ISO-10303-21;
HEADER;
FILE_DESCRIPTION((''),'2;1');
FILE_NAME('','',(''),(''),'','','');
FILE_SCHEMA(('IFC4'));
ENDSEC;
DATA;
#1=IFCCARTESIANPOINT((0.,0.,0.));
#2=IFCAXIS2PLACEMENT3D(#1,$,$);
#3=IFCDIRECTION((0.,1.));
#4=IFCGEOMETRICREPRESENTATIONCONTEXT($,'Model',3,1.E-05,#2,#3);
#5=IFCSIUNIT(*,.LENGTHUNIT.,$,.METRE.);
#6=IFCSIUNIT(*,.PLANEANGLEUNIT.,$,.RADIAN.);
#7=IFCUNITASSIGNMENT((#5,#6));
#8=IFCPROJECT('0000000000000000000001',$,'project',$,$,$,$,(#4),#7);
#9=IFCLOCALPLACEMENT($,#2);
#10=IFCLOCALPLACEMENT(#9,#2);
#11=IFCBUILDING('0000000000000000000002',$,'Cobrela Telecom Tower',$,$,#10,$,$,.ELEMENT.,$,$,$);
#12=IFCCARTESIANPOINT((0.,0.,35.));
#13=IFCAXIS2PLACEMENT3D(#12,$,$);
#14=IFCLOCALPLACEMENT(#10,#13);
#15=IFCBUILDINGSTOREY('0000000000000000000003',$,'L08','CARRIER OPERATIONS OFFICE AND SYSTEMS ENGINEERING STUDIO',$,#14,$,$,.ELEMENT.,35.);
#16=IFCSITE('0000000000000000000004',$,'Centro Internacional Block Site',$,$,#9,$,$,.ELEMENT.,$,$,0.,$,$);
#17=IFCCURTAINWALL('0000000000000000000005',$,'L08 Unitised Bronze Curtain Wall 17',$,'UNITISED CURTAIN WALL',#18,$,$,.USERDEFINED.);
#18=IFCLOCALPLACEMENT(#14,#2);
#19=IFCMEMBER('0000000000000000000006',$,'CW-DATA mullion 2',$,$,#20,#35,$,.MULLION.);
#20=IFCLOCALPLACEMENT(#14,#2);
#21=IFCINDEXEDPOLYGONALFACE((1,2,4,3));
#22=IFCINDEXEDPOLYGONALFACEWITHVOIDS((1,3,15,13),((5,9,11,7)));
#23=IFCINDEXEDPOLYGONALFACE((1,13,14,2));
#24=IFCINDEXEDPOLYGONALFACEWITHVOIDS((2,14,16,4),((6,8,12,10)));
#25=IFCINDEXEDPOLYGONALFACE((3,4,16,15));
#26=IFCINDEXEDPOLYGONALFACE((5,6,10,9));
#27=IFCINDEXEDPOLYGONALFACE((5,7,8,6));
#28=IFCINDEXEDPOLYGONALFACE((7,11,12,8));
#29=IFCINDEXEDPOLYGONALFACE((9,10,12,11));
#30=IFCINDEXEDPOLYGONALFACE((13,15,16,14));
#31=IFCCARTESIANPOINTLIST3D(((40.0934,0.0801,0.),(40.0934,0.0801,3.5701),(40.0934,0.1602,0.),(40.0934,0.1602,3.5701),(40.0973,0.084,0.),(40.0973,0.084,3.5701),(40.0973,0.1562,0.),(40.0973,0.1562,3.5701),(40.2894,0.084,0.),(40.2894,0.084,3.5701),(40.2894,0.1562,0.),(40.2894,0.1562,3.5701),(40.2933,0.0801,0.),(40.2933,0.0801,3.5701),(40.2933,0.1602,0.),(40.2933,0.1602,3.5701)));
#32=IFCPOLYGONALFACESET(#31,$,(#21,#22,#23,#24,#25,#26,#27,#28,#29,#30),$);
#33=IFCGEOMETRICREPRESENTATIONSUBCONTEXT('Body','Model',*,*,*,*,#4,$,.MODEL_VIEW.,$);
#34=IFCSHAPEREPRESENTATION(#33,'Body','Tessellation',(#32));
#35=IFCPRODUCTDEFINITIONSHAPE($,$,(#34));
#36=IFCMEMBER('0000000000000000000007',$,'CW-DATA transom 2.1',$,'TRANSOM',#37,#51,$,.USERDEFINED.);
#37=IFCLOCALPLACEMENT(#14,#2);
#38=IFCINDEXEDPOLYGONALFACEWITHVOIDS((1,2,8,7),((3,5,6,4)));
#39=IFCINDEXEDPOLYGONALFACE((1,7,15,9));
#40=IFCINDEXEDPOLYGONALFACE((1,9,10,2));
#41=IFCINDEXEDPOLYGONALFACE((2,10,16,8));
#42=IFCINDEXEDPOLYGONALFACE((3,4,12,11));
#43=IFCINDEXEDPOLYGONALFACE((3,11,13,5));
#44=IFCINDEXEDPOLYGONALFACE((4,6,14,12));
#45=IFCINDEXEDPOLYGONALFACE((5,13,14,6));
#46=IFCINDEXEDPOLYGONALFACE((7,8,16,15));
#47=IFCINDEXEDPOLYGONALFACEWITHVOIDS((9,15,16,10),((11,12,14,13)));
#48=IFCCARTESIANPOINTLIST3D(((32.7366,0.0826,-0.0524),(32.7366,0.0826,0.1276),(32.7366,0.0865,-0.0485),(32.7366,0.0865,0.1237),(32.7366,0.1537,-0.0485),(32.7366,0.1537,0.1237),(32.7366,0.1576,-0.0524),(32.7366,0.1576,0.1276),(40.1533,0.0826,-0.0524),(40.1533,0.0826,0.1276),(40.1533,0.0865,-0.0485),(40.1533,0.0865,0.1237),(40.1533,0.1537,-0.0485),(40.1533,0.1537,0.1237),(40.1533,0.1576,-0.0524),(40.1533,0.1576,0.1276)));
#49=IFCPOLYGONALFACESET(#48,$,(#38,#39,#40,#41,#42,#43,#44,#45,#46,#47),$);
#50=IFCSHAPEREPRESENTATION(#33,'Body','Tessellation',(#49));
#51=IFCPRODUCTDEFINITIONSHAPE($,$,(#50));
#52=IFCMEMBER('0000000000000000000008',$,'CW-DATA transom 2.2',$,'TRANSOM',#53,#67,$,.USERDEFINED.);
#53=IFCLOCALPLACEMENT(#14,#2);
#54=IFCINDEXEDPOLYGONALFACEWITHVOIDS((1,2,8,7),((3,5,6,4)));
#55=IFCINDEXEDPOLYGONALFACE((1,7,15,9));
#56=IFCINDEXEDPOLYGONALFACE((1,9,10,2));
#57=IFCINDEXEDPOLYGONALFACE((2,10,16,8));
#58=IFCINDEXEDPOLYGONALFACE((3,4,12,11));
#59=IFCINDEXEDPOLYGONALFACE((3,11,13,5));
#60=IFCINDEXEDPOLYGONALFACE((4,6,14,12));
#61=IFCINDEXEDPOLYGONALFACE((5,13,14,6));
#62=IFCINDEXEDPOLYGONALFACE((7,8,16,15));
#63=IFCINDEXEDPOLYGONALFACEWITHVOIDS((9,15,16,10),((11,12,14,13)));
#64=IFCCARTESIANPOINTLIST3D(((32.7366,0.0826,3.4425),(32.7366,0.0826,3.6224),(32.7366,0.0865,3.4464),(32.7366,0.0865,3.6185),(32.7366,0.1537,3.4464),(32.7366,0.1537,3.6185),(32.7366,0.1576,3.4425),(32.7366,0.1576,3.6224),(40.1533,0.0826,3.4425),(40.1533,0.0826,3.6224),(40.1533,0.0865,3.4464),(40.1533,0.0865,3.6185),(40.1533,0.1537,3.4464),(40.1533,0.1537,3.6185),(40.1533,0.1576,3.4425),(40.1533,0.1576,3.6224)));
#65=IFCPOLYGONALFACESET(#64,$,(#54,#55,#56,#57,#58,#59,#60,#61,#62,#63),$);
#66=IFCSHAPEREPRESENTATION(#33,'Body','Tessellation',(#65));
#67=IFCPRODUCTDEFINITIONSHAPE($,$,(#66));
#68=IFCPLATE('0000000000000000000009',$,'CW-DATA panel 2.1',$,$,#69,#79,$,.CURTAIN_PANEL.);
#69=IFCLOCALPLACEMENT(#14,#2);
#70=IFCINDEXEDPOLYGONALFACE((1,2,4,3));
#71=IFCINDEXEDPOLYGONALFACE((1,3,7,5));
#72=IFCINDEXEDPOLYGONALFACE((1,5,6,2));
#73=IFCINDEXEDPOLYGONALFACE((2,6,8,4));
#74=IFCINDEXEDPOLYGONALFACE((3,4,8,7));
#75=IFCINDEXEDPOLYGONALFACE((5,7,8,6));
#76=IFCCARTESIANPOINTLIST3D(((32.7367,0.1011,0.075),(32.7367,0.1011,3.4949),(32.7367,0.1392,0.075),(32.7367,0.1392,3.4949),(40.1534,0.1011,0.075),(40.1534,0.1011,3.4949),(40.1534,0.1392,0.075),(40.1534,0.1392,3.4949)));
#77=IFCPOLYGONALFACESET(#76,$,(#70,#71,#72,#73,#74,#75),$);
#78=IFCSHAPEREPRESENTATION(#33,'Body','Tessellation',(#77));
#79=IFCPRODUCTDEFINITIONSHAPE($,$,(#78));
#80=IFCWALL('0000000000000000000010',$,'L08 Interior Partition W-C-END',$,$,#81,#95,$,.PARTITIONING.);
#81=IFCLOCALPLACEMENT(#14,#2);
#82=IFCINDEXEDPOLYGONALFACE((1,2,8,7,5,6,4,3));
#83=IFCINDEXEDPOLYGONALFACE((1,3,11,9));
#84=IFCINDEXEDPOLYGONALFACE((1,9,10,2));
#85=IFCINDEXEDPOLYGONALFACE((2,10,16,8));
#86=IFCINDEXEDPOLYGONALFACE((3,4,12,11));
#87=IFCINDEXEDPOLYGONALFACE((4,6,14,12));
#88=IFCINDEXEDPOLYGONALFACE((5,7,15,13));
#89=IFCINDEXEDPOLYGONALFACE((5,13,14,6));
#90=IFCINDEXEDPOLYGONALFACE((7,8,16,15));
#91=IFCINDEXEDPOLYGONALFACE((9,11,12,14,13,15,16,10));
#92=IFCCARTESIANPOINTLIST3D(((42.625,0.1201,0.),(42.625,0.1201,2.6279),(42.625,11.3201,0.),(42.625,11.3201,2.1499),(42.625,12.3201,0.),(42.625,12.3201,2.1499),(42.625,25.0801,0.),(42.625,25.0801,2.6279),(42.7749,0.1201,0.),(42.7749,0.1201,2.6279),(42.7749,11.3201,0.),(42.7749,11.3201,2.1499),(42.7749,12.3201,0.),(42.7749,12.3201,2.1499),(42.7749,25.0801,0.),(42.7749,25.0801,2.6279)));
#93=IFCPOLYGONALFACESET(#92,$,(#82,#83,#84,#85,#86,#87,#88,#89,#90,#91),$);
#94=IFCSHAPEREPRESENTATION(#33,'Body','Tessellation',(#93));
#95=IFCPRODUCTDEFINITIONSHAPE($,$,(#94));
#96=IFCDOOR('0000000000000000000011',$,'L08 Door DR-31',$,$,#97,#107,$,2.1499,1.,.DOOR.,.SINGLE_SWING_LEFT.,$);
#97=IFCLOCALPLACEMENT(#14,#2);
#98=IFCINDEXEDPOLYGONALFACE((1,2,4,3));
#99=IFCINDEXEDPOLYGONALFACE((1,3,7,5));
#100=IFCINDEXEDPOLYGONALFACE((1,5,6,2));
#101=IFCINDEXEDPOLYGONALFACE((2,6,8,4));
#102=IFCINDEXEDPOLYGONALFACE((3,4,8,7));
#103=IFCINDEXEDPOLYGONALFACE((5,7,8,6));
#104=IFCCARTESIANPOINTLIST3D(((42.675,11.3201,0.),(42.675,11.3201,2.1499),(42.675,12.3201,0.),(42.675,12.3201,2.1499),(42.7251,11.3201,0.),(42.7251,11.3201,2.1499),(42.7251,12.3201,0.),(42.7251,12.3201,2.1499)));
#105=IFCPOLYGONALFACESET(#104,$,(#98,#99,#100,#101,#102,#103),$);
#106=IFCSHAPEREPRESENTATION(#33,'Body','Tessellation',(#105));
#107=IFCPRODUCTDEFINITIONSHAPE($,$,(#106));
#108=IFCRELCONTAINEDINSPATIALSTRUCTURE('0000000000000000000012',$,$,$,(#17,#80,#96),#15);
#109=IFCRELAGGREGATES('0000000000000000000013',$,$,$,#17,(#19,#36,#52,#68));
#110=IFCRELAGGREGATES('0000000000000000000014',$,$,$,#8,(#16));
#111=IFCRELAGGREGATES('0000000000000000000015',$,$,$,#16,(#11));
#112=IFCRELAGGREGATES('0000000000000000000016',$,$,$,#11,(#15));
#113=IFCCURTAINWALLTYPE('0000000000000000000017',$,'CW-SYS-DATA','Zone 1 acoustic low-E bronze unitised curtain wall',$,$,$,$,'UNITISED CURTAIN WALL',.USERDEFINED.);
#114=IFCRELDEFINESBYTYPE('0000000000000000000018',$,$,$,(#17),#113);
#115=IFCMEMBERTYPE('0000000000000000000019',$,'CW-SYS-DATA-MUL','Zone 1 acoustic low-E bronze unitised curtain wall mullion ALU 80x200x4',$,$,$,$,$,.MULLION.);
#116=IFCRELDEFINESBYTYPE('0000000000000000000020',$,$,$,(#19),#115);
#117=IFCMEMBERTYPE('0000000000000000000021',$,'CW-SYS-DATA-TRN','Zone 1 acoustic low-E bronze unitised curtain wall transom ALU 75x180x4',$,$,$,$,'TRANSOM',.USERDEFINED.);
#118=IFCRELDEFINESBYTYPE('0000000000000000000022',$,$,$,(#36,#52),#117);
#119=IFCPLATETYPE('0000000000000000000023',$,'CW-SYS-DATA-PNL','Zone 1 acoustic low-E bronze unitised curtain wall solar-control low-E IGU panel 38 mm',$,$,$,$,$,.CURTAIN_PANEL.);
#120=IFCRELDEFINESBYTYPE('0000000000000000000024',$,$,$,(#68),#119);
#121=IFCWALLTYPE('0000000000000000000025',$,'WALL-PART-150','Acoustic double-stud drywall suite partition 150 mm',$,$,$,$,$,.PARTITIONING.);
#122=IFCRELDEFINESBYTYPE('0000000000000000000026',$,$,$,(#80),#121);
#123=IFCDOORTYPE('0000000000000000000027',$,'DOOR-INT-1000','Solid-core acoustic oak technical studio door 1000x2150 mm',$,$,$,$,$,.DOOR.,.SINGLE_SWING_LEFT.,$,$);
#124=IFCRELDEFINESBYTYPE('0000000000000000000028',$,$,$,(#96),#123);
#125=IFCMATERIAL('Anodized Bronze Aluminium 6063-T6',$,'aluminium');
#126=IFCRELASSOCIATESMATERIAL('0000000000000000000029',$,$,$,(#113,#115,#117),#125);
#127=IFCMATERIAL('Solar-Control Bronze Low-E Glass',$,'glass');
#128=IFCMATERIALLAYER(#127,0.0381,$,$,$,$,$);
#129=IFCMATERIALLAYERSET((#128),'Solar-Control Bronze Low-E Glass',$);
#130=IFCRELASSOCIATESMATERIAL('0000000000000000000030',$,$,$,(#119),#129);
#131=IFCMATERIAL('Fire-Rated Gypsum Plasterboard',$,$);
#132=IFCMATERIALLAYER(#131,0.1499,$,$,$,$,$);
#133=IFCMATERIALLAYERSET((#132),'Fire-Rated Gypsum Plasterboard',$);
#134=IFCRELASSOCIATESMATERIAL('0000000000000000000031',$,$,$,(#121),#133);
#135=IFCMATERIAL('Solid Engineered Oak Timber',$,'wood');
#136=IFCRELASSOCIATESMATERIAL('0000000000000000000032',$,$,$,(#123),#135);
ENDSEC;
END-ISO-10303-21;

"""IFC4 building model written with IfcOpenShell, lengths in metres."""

from ifc_helpers import new_model, si_unit, direction, frame, frame_2d, origin, origin_2d, place, context, subcontext, project, spatial, rectangle, hollow_rectangle, extrude, material, layer, layer_set, material_profile, profile_set, type_object, element, fill, aggregate, save


model = new_model("IFC4")

# Units and contexts
model_context = context("Model", 3, precision=1e-05, world=origin(), true_north=direction((0.0, 1.0)))
body_context = subcontext(model_context, "Body", "Model", "MODEL_VIEW")
ifc_project = project(units=[si_unit("LENGTHUNIT", "METRE"), si_unit("PLANEANGLEUNIT", "RADIAN")], contexts=[model_context])

# Site, building, storey
site_placement = place(None, origin())
site = spatial("IfcSite", under=ifc_project, at=site_placement, Name="Centro Internacional Block Site", CompositionType="ELEMENT", RefElevation=0.0)
building_placement = place(site_placement, origin())
building = spatial("IfcBuilding", under=site, at=building_placement, Name="Cobrela Telecom Tower", CompositionType="ELEMENT")
storey_placement = place(building_placement, frame((0.0, 0.0, 35.0)))
storey = spatial("IfcBuildingStorey", under=building, at=storey_placement, Name="L08", Description="CARRIER OPERATIONS OFFICE AND SYSTEMS ENGINEERING STUDIO", CompositionType="ELEMENT", Elevation=35.0)

# Curtain wall, members, plate
ifc_material_1 = material(Name="Anodized Bronze Aluminium 6063-T6", Category="aluminium")
curtain_wall_type = type_object("IfcCurtainWallType", Name="CW-SYS-DATA", Description="Zone 1 acoustic low-E bronze unitised curtain wall", ElementType="UNITISED CURTAIN WALL", PredefinedType="USERDEFINED", material=ifc_material_1)
curtain_wall_placement = place(storey_placement, origin())
curtain_wall = element("IfcCurtainWall", 1, at=curtain_wall_placement, inside=storey, type_object=curtain_wall_type, Name="L08 Unitised Bronze Curtain Wall 17", ObjectType="UNITISED CURTAIN WALL", PredefinedType="USERDEFINED")
ifc_material_profile_1 = material_profile(ifc_material_1, hollow_rectangle(XDim=0.0801, YDim=0.2, WallThickness=0.0039, at=origin_2d()), Name="ALU 80x200x4")
ifc_profile_set_1 = profile_set([ifc_material_profile_1], Name="Anodized Bronze Aluminium 6063-T6")
member_type_1 = type_object("IfcMemberType", Name="CW-SYS-DATA-MUL", Description="Zone 1 acoustic low-E bronze unitised curtain wall mullion ALU 80x200x4", PredefinedType="MULLION", material=ifc_profile_set_1)
member_1_placement = place(storey_placement, frame((40.1934, 0.1201, 0.0), z_axis=(0.0, 0.0, 1.0), x_axis=(0.0, -1.0, 0.0)))
member_1 = element("IfcMember", 2, at=member_1_placement, type_object=member_type_1, Name="CW-DATA mullion 2", PredefinedType="MULLION", context=body_context, shape_type="SweptSolid", body=[
    extrude(hollow_rectangle(XDim=0.0801, YDim=0.2, WallThickness=0.0039, at=origin_2d()), origin(), (0.0, 0.0, 1.0), 3.5701),
])
ifc_material_profile_2 = material_profile(ifc_material_1, hollow_rectangle(XDim=0.075, YDim=0.1799, WallThickness=0.0039, at=origin_2d()), Name="ALU 75x180x4")
ifc_profile_set_2 = profile_set([ifc_material_profile_2], Name="Anodized Bronze Aluminium 6063-T6")
member_type_2 = type_object("IfcMemberType", Name="CW-SYS-DATA-TRN", Description="Zone 1 acoustic low-E bronze unitised curtain wall transom ALU 75x180x4", ElementType="TRANSOM", PredefinedType="USERDEFINED", material=ifc_profile_set_2)
member_2_placement = place(storey_placement, frame((40.1533, 0.1201, 0.0376), z_axis=(-1.0, 0.0, 0.0), x_axis=(0.0, -1.0, 0.0)))
member_2 = element("IfcMember", 3, at=member_2_placement, type_object=member_type_2, Name="CW-DATA transom 2.1", ObjectType="TRANSOM", PredefinedType="USERDEFINED", context=body_context, shape_type="SweptSolid", body=[
    extrude(hollow_rectangle(XDim=0.075, YDim=0.1799, WallThickness=0.0039, at=origin_2d()), origin(), (0.0, 0.0, 1.0), 7.4167),
])
member_3_placement = place(storey_placement, frame((40.1533, 0.1201, 3.5325), z_axis=(-1.0, 0.0, 0.0), x_axis=(0.0, -1.0, 0.0)))
member_3 = element("IfcMember", 4, at=member_3_placement, type_object=member_type_2, Name="CW-DATA transom 2.2", ObjectType="TRANSOM", PredefinedType="USERDEFINED", context=body_context, shape_type="SweptSolid", body=[
    extrude(hollow_rectangle(XDim=0.075, YDim=0.1799, WallThickness=0.0039, at=origin_2d()), origin(), (0.0, 0.0, 1.0), 7.4167),
])
ifc_material_2 = material(Name="Solar-Control Bronze Low-E Glass", Category="glass")
ifc_layer_1 = layer(ifc_material_2, 0.0381)
ifc_layer_set_1 = layer_set([ifc_layer_1], Name="Solar-Control Bronze Low-E Glass")
plate_type = type_object("IfcPlateType", Name="CW-SYS-DATA-PNL", Description="Zone 1 acoustic low-E bronze unitised curtain wall solar-control low-E IGU panel 38 mm", PredefinedType="CURTAIN_PANEL", material=ifc_layer_set_1)
plate_placement = place(storey_placement, frame((36.4451, 0.1201, 0.075), z_axis=(0.0, 0.0, 1.0), x_axis=(-1.0, 0.0, 0.0)))
plate = element("IfcPlate", 5, at=plate_placement, type_object=plate_type, Name="CW-DATA panel 2.1", PredefinedType="CURTAIN_PANEL", context=body_context, shape_type="SweptSolid", body=[
    extrude(rectangle(XDim=7.4167, YDim=0.0381, at=origin_2d()), origin(), (0.0, 0.0, 1.0), 3.4199),
])
aggregate(curtain_wall, [member_1, member_2, member_3, plate])

# Wall, opening, door
ifc_material_3 = material(Name="Fire-Rated Gypsum Plasterboard")
ifc_layer_2 = layer(ifc_material_3, 0.1499)
ifc_layer_set_2 = layer_set([ifc_layer_2], Name="Fire-Rated Gypsum Plasterboard")
wall_type = type_object("IfcWallType", Name="WALL-PART-150", Description="Acoustic double-stud drywall suite partition 150 mm", PredefinedType="PARTITIONING", material=ifc_layer_set_2)
wall_placement = place(storey_placement, frame((42.7, 0.1201, 0.0), z_axis=(0.0, 0.0, 1.0), x_axis=(0.0, 1.0, 0.0)))
wall = element("IfcWall", 6, at=wall_placement, inside=storey, type_object=wall_type, Name="L08 Interior Partition W-C-END", PredefinedType="PARTITIONING", context=body_context, shape_type="SweptSolid", body=[
    extrude(rectangle(XDim=24.96, YDim=0.1499, at=frame_2d((12.48, 0.0))), origin(), (0.0, 0.0, 1.0), 2.6279),
])
opening_placement = place(wall_placement, frame((11.2, 0.0, 0.0)))
opening = element("IfcOpeningElement", 7, at=opening_placement, cuts=wall, PredefinedType="OPENING", context=body_context, shape_type="SweptSolid", body=[
    extrude(rectangle(XDim=1.0, YDim=2.1499, at=frame_2d((0.5, 1.075))), frame((0.0, 0.0869, 0.0), z_axis=(0.0, -1.0, 0.0), x_axis=(1.0, 0.0, 0.0)), (0.0, 0.0, 1.0), 0.1738),
])
ifc_material_4 = material(Name="Solid Engineered Oak Timber", Category="wood")
door_type = type_object("IfcDoorType", Name="DOOR-INT-1000", Description="Solid-core acoustic oak technical studio door 1000x2150 mm", OperationType="SINGLE_SWING_LEFT", PredefinedType="DOOR", material=ifc_material_4)
door_placement = place(opening_placement, origin())
door = element("IfcDoor", 8, at=door_placement, inside=storey, type_object=door_type, Name="L08 Door DR-31", OperationType="SINGLE_SWING_LEFT", OverallHeight=2.1499, OverallWidth=1.0, PredefinedType="DOOR", context=body_context, shape_type="SweptSolid", body=[
    extrude(rectangle(XDim=1.0, YDim=2.1499, at=frame_2d((0.5, 1.075))), frame((0.0, 0.0249, 0.0), z_axis=(0.0, -1.0, 0.0), x_axis=(1.0, 0.0, 0.0)), (0.0, 0.0, 1.0), 0.05),
])
fill(opening, door)

save(model, "model.ifc")
